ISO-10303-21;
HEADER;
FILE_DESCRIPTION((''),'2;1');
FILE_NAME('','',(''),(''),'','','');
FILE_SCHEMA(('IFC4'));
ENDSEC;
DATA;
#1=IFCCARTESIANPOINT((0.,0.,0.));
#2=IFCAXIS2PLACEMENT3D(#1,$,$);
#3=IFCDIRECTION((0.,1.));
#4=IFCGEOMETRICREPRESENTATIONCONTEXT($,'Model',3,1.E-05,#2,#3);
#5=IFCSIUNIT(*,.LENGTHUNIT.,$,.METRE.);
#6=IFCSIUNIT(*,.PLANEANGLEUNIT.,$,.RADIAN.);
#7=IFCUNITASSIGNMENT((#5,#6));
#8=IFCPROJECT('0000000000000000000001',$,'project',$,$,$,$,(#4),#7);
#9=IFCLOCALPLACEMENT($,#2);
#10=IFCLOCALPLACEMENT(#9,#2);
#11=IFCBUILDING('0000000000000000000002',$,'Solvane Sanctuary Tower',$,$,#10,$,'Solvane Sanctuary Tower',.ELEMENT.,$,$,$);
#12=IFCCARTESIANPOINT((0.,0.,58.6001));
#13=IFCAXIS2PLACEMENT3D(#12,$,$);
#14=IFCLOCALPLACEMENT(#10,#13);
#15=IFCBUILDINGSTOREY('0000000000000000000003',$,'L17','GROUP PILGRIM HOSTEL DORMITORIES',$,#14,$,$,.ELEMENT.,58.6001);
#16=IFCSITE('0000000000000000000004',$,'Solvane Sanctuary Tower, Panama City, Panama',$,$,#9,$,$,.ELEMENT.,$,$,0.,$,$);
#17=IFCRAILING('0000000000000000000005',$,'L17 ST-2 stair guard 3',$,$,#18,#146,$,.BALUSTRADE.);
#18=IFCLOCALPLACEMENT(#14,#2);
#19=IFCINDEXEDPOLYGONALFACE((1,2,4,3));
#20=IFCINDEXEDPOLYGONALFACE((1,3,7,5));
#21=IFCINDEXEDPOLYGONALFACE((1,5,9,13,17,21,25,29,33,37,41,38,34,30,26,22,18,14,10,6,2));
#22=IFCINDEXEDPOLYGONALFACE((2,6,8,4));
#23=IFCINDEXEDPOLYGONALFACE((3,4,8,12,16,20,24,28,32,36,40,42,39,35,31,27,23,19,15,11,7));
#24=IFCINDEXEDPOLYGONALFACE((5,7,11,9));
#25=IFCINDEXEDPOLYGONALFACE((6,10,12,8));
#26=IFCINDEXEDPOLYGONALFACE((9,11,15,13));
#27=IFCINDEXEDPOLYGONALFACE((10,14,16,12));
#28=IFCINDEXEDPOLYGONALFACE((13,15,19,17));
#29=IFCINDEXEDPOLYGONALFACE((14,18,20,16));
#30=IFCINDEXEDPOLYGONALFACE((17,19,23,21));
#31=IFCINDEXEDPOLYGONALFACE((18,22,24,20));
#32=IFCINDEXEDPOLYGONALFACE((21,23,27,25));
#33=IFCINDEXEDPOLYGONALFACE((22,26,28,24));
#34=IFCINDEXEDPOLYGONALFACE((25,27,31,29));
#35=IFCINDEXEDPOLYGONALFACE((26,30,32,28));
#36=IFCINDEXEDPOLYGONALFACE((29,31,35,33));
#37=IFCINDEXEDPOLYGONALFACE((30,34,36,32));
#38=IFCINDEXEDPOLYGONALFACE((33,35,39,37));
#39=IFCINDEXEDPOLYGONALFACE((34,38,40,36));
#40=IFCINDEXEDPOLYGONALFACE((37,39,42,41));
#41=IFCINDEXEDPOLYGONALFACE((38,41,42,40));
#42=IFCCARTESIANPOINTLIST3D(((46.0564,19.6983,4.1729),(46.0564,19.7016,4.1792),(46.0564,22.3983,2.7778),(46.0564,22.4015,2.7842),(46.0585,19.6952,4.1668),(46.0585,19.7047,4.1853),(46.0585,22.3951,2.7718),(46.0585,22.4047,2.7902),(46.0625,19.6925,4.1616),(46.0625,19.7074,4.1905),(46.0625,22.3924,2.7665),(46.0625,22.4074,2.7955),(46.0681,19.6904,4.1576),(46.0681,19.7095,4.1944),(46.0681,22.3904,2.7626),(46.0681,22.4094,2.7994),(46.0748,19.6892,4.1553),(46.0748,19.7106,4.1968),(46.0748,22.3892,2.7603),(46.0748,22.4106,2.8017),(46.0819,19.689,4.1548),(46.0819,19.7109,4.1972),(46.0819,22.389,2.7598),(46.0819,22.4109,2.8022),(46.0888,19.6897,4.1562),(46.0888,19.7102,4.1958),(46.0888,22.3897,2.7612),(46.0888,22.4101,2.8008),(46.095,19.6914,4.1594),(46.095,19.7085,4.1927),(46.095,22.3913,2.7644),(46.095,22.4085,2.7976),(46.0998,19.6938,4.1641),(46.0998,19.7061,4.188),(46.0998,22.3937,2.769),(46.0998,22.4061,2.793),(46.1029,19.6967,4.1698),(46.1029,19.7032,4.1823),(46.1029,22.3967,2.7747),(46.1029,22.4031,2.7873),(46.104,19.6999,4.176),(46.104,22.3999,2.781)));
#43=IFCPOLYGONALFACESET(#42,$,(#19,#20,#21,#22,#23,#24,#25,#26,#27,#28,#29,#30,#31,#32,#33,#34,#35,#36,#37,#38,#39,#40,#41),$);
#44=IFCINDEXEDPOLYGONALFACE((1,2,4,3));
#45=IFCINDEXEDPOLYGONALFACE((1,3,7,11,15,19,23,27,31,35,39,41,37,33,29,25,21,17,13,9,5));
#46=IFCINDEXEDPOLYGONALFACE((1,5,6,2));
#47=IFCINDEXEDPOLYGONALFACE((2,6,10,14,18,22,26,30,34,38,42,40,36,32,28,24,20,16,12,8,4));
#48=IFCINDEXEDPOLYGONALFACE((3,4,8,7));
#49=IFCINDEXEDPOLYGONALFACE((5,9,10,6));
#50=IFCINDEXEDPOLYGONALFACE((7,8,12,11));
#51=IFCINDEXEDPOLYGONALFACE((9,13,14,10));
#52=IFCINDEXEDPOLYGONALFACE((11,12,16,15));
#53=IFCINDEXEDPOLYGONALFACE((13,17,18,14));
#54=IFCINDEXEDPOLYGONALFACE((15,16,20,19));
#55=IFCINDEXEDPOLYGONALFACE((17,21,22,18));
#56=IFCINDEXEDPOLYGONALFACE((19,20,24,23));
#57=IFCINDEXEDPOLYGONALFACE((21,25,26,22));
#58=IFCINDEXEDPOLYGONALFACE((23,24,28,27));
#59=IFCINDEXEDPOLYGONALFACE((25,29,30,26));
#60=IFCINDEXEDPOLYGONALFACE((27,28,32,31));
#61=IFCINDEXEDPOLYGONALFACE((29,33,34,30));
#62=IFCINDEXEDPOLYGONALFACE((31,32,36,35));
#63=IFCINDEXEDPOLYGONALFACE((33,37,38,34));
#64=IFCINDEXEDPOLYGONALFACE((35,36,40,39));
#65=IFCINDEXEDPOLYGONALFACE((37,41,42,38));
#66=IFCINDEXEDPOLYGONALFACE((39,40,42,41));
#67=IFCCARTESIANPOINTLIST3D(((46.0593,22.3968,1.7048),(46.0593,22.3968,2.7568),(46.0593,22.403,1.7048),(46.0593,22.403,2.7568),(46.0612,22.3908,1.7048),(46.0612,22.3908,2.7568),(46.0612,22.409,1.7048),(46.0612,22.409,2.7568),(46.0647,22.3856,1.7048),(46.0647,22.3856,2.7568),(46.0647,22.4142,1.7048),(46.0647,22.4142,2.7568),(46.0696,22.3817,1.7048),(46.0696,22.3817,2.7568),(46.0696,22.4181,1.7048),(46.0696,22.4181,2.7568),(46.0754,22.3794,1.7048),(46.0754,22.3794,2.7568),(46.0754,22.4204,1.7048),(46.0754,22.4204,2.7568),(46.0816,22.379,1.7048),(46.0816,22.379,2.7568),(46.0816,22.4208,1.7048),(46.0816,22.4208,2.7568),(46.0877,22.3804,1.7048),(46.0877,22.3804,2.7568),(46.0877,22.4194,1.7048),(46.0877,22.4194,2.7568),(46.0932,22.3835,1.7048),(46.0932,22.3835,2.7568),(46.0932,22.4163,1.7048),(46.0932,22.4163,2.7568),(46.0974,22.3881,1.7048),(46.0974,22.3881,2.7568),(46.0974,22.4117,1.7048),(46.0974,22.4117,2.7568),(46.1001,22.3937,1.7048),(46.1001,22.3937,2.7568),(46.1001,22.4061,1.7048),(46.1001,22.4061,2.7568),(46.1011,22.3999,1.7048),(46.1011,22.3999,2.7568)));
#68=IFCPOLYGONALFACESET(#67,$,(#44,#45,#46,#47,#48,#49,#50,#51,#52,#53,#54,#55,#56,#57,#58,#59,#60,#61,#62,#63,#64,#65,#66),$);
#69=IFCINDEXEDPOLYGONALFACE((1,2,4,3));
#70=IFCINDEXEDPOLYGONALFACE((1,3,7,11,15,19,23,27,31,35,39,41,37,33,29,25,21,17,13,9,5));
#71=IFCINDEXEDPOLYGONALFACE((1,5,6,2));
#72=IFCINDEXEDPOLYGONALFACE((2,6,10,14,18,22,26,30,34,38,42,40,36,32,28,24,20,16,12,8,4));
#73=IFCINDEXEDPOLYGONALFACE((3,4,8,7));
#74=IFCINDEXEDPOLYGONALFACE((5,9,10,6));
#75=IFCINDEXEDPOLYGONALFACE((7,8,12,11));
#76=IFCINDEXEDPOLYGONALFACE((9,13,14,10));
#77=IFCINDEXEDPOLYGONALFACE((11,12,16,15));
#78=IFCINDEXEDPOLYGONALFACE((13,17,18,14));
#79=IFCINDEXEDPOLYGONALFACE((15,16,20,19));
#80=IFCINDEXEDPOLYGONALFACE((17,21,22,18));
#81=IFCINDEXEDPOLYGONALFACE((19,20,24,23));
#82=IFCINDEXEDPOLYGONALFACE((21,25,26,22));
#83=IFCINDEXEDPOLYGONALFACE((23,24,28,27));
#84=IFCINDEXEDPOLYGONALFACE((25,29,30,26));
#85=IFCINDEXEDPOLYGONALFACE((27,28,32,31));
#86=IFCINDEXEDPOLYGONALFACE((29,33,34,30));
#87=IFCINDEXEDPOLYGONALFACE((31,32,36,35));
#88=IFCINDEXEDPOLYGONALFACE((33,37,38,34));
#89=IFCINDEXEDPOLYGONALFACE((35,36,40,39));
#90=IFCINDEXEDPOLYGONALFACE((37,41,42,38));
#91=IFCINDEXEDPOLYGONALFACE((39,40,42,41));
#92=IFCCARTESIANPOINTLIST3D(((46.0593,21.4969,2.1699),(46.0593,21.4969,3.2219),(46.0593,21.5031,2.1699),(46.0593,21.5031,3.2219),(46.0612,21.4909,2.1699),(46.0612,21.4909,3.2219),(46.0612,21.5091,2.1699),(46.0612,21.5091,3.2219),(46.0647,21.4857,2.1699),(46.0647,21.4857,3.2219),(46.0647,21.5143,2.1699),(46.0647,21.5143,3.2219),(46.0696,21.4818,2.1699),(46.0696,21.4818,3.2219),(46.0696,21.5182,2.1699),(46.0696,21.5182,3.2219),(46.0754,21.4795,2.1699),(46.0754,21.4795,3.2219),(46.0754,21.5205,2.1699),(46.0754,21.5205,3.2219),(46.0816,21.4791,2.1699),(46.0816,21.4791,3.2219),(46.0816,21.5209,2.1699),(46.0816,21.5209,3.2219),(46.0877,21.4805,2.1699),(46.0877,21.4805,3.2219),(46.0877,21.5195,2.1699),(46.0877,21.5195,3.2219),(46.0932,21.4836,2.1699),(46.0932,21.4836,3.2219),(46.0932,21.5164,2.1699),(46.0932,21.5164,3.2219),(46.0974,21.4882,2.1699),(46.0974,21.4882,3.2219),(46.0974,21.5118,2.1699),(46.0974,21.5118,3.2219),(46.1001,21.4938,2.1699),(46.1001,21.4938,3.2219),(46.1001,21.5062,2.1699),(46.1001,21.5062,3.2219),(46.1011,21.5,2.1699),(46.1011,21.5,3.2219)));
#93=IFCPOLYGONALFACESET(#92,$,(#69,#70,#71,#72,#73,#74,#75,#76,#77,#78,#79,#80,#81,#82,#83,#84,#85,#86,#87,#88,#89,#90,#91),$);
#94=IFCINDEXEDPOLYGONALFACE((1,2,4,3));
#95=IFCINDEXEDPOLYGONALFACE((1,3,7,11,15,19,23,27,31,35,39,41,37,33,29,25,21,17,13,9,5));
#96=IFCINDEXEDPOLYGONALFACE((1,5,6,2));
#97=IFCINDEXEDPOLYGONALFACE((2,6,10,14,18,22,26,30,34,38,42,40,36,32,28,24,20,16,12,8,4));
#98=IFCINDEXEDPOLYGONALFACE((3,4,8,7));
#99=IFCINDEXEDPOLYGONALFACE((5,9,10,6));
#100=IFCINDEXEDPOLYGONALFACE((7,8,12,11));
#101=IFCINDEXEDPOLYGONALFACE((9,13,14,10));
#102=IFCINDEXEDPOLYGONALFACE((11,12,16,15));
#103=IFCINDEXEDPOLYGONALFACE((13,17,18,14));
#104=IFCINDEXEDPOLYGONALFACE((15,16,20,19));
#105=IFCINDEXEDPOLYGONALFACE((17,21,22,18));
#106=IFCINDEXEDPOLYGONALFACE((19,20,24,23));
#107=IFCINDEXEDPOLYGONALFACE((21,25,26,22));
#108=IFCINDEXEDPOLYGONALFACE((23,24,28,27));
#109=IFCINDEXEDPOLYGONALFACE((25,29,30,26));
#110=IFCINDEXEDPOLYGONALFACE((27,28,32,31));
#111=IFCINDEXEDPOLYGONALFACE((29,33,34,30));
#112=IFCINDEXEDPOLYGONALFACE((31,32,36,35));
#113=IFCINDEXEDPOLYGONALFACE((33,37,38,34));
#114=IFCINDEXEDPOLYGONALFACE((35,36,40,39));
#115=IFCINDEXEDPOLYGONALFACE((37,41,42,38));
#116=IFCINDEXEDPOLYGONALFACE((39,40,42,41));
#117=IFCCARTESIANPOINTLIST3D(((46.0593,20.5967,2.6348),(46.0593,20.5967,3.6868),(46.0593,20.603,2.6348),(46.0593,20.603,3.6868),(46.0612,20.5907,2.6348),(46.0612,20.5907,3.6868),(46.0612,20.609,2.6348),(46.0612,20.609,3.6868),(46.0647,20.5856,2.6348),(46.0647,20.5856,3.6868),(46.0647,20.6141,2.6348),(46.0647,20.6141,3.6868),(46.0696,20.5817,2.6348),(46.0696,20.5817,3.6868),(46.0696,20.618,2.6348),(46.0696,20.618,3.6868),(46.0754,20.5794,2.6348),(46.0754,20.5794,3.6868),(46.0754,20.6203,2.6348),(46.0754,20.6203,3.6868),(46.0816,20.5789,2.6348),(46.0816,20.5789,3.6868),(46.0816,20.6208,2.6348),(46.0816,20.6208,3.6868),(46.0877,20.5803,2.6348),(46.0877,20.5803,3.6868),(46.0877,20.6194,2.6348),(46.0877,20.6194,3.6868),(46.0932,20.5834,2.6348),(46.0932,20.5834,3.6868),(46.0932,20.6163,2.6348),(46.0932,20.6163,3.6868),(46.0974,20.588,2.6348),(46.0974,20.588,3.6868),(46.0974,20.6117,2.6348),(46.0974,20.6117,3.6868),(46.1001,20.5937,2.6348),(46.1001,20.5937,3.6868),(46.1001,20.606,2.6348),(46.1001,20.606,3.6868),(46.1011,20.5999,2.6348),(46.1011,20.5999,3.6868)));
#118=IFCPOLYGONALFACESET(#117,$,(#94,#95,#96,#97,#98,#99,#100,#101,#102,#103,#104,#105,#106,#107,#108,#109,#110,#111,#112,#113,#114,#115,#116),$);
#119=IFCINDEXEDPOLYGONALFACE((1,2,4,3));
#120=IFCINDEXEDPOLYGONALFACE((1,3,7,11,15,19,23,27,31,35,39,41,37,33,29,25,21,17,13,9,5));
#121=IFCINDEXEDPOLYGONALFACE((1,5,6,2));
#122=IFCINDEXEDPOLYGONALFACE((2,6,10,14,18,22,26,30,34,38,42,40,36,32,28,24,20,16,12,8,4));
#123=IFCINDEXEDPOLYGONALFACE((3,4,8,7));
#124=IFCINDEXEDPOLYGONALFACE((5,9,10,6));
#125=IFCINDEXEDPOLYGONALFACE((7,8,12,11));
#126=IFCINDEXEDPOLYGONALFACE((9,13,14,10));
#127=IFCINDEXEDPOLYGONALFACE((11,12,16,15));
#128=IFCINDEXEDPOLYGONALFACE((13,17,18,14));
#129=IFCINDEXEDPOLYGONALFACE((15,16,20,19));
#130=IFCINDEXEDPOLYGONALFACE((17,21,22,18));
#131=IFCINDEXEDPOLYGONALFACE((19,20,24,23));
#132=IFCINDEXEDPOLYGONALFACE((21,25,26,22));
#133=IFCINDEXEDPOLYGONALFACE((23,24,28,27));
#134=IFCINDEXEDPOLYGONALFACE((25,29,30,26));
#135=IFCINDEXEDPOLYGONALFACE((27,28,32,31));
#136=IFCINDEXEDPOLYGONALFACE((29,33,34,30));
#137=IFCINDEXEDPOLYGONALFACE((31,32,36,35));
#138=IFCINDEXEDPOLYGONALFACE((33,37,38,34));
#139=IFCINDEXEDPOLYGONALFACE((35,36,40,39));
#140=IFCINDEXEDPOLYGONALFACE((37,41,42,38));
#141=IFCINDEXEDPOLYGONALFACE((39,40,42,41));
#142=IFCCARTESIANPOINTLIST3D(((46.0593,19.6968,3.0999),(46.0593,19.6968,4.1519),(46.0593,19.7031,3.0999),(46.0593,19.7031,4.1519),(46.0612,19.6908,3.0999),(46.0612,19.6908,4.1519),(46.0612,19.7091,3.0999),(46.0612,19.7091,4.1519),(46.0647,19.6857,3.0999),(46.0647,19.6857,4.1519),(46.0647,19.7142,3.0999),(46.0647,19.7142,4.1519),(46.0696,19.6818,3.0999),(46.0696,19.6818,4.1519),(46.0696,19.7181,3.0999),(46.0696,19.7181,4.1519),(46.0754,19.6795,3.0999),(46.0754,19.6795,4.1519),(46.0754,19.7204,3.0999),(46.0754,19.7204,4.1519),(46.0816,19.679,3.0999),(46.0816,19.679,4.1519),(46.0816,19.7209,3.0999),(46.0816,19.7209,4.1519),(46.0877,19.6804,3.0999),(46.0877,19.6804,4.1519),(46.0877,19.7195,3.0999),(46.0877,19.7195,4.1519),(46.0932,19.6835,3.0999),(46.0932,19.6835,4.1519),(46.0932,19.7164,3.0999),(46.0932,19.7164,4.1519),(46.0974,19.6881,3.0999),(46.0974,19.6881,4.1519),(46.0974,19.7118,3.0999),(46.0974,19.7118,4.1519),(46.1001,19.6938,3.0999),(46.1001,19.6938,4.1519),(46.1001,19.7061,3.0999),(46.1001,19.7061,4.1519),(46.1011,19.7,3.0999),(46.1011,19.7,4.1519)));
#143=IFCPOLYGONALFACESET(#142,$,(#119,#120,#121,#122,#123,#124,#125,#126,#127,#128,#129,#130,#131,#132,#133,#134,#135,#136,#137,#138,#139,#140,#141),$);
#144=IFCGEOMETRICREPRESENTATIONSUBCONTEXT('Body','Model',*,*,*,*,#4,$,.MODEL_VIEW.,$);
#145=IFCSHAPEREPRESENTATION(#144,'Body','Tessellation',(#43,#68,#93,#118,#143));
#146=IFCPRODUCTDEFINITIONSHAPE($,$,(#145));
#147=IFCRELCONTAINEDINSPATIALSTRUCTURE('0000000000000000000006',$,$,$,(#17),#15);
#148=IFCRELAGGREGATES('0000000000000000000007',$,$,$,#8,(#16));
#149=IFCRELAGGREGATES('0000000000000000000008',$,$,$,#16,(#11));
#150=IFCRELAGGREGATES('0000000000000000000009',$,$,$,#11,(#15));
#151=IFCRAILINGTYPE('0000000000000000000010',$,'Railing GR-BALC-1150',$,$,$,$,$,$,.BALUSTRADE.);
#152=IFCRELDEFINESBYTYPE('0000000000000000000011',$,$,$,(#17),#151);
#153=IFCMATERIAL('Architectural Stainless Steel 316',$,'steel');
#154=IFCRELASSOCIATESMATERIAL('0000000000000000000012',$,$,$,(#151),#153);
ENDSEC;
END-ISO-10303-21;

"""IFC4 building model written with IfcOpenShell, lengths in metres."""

from ifc_helpers import new_model, si_unit, direction, frame, origin, origin_2d, place, context, subcontext, project, spatial, circle, extrude, material, type_object, element, save


model = new_model("IFC4")

# Units and contexts
model_context = context("Model", 3, precision=1e-05, world=origin(), true_north=direction((0.0, 1.0)))
body_context = subcontext(model_context, "Body", "Model", "MODEL_VIEW")
ifc_project = project(units=[si_unit("LENGTHUNIT", "METRE"), si_unit("PLANEANGLEUNIT", "RADIAN")], contexts=[model_context])

# Site, building, storey
site_placement = place(None, origin())
site = spatial("IfcSite", under=ifc_project, at=site_placement, Name="Solvane Sanctuary Tower, Panama City, Panama", CompositionType="ELEMENT", RefElevation=0.0)
building_placement = place(site_placement, origin())
building = spatial("IfcBuilding", under=site, at=building_placement, Name="Solvane Sanctuary Tower", LongName="Solvane Sanctuary Tower", CompositionType="ELEMENT")
storey_placement = place(building_placement, frame((0.0, 0.0, 58.6001)))
storey = spatial("IfcBuildingStorey", under=building, at=storey_placement, Name="L17", Description="GROUP PILGRIM HOSTEL DORMITORIES", CompositionType="ELEMENT", Elevation=58.6001)

# Shared definitions
ifc_material_1 = material(Name="Architectural Stainless Steel 316", Category="steel")

# Railing
railing_type_1 = type_object("IfcRailingType", Name="Railing GR-BALC-1150", PredefinedType="BALUSTRADE", material=ifc_material_1)
railing_1_placement = place(storey_placement, frame((46.0801, 22.3999, 1.7048)))
element("IfcRailing", 1, at=railing_1_placement, inside=storey, type_object=railing_type_1, Name="L17 ST-2 stair guard 3", PredefinedType="BALUSTRADE", context=body_context, shape_type="SweptSolid", body=[
    extrude(circle(Radius=0.0239, at=origin_2d()), frame((0.0, 0.0, 1.0762), z_axis=(0.0, -0.88842, 0.459032), x_axis=(1.0, 0.0, 0.0)), (0.0, 0.0, 1.0), 3.0391),
    extrude(circle(Radius=0.021, at=origin_2d()), origin(), (0.0, 0.0, 1.0), 1.052),
    extrude(circle(Radius=0.021, at=origin_2d()), frame((0.0, -0.8999, 0.4651)), (0.0, 0.0, 1.0), 1.052),
    extrude(circle(Radius=0.021, at=origin_2d()), frame((0.0, -1.8, 0.9299)), (0.0, 0.0, 1.0), 1.052),
    extrude(circle(Radius=0.021, at=origin_2d()), frame((0.0, -2.7, 1.395)), (0.0, 0.0, 1.0), 1.052),
])

save(model, "model.ifc")
